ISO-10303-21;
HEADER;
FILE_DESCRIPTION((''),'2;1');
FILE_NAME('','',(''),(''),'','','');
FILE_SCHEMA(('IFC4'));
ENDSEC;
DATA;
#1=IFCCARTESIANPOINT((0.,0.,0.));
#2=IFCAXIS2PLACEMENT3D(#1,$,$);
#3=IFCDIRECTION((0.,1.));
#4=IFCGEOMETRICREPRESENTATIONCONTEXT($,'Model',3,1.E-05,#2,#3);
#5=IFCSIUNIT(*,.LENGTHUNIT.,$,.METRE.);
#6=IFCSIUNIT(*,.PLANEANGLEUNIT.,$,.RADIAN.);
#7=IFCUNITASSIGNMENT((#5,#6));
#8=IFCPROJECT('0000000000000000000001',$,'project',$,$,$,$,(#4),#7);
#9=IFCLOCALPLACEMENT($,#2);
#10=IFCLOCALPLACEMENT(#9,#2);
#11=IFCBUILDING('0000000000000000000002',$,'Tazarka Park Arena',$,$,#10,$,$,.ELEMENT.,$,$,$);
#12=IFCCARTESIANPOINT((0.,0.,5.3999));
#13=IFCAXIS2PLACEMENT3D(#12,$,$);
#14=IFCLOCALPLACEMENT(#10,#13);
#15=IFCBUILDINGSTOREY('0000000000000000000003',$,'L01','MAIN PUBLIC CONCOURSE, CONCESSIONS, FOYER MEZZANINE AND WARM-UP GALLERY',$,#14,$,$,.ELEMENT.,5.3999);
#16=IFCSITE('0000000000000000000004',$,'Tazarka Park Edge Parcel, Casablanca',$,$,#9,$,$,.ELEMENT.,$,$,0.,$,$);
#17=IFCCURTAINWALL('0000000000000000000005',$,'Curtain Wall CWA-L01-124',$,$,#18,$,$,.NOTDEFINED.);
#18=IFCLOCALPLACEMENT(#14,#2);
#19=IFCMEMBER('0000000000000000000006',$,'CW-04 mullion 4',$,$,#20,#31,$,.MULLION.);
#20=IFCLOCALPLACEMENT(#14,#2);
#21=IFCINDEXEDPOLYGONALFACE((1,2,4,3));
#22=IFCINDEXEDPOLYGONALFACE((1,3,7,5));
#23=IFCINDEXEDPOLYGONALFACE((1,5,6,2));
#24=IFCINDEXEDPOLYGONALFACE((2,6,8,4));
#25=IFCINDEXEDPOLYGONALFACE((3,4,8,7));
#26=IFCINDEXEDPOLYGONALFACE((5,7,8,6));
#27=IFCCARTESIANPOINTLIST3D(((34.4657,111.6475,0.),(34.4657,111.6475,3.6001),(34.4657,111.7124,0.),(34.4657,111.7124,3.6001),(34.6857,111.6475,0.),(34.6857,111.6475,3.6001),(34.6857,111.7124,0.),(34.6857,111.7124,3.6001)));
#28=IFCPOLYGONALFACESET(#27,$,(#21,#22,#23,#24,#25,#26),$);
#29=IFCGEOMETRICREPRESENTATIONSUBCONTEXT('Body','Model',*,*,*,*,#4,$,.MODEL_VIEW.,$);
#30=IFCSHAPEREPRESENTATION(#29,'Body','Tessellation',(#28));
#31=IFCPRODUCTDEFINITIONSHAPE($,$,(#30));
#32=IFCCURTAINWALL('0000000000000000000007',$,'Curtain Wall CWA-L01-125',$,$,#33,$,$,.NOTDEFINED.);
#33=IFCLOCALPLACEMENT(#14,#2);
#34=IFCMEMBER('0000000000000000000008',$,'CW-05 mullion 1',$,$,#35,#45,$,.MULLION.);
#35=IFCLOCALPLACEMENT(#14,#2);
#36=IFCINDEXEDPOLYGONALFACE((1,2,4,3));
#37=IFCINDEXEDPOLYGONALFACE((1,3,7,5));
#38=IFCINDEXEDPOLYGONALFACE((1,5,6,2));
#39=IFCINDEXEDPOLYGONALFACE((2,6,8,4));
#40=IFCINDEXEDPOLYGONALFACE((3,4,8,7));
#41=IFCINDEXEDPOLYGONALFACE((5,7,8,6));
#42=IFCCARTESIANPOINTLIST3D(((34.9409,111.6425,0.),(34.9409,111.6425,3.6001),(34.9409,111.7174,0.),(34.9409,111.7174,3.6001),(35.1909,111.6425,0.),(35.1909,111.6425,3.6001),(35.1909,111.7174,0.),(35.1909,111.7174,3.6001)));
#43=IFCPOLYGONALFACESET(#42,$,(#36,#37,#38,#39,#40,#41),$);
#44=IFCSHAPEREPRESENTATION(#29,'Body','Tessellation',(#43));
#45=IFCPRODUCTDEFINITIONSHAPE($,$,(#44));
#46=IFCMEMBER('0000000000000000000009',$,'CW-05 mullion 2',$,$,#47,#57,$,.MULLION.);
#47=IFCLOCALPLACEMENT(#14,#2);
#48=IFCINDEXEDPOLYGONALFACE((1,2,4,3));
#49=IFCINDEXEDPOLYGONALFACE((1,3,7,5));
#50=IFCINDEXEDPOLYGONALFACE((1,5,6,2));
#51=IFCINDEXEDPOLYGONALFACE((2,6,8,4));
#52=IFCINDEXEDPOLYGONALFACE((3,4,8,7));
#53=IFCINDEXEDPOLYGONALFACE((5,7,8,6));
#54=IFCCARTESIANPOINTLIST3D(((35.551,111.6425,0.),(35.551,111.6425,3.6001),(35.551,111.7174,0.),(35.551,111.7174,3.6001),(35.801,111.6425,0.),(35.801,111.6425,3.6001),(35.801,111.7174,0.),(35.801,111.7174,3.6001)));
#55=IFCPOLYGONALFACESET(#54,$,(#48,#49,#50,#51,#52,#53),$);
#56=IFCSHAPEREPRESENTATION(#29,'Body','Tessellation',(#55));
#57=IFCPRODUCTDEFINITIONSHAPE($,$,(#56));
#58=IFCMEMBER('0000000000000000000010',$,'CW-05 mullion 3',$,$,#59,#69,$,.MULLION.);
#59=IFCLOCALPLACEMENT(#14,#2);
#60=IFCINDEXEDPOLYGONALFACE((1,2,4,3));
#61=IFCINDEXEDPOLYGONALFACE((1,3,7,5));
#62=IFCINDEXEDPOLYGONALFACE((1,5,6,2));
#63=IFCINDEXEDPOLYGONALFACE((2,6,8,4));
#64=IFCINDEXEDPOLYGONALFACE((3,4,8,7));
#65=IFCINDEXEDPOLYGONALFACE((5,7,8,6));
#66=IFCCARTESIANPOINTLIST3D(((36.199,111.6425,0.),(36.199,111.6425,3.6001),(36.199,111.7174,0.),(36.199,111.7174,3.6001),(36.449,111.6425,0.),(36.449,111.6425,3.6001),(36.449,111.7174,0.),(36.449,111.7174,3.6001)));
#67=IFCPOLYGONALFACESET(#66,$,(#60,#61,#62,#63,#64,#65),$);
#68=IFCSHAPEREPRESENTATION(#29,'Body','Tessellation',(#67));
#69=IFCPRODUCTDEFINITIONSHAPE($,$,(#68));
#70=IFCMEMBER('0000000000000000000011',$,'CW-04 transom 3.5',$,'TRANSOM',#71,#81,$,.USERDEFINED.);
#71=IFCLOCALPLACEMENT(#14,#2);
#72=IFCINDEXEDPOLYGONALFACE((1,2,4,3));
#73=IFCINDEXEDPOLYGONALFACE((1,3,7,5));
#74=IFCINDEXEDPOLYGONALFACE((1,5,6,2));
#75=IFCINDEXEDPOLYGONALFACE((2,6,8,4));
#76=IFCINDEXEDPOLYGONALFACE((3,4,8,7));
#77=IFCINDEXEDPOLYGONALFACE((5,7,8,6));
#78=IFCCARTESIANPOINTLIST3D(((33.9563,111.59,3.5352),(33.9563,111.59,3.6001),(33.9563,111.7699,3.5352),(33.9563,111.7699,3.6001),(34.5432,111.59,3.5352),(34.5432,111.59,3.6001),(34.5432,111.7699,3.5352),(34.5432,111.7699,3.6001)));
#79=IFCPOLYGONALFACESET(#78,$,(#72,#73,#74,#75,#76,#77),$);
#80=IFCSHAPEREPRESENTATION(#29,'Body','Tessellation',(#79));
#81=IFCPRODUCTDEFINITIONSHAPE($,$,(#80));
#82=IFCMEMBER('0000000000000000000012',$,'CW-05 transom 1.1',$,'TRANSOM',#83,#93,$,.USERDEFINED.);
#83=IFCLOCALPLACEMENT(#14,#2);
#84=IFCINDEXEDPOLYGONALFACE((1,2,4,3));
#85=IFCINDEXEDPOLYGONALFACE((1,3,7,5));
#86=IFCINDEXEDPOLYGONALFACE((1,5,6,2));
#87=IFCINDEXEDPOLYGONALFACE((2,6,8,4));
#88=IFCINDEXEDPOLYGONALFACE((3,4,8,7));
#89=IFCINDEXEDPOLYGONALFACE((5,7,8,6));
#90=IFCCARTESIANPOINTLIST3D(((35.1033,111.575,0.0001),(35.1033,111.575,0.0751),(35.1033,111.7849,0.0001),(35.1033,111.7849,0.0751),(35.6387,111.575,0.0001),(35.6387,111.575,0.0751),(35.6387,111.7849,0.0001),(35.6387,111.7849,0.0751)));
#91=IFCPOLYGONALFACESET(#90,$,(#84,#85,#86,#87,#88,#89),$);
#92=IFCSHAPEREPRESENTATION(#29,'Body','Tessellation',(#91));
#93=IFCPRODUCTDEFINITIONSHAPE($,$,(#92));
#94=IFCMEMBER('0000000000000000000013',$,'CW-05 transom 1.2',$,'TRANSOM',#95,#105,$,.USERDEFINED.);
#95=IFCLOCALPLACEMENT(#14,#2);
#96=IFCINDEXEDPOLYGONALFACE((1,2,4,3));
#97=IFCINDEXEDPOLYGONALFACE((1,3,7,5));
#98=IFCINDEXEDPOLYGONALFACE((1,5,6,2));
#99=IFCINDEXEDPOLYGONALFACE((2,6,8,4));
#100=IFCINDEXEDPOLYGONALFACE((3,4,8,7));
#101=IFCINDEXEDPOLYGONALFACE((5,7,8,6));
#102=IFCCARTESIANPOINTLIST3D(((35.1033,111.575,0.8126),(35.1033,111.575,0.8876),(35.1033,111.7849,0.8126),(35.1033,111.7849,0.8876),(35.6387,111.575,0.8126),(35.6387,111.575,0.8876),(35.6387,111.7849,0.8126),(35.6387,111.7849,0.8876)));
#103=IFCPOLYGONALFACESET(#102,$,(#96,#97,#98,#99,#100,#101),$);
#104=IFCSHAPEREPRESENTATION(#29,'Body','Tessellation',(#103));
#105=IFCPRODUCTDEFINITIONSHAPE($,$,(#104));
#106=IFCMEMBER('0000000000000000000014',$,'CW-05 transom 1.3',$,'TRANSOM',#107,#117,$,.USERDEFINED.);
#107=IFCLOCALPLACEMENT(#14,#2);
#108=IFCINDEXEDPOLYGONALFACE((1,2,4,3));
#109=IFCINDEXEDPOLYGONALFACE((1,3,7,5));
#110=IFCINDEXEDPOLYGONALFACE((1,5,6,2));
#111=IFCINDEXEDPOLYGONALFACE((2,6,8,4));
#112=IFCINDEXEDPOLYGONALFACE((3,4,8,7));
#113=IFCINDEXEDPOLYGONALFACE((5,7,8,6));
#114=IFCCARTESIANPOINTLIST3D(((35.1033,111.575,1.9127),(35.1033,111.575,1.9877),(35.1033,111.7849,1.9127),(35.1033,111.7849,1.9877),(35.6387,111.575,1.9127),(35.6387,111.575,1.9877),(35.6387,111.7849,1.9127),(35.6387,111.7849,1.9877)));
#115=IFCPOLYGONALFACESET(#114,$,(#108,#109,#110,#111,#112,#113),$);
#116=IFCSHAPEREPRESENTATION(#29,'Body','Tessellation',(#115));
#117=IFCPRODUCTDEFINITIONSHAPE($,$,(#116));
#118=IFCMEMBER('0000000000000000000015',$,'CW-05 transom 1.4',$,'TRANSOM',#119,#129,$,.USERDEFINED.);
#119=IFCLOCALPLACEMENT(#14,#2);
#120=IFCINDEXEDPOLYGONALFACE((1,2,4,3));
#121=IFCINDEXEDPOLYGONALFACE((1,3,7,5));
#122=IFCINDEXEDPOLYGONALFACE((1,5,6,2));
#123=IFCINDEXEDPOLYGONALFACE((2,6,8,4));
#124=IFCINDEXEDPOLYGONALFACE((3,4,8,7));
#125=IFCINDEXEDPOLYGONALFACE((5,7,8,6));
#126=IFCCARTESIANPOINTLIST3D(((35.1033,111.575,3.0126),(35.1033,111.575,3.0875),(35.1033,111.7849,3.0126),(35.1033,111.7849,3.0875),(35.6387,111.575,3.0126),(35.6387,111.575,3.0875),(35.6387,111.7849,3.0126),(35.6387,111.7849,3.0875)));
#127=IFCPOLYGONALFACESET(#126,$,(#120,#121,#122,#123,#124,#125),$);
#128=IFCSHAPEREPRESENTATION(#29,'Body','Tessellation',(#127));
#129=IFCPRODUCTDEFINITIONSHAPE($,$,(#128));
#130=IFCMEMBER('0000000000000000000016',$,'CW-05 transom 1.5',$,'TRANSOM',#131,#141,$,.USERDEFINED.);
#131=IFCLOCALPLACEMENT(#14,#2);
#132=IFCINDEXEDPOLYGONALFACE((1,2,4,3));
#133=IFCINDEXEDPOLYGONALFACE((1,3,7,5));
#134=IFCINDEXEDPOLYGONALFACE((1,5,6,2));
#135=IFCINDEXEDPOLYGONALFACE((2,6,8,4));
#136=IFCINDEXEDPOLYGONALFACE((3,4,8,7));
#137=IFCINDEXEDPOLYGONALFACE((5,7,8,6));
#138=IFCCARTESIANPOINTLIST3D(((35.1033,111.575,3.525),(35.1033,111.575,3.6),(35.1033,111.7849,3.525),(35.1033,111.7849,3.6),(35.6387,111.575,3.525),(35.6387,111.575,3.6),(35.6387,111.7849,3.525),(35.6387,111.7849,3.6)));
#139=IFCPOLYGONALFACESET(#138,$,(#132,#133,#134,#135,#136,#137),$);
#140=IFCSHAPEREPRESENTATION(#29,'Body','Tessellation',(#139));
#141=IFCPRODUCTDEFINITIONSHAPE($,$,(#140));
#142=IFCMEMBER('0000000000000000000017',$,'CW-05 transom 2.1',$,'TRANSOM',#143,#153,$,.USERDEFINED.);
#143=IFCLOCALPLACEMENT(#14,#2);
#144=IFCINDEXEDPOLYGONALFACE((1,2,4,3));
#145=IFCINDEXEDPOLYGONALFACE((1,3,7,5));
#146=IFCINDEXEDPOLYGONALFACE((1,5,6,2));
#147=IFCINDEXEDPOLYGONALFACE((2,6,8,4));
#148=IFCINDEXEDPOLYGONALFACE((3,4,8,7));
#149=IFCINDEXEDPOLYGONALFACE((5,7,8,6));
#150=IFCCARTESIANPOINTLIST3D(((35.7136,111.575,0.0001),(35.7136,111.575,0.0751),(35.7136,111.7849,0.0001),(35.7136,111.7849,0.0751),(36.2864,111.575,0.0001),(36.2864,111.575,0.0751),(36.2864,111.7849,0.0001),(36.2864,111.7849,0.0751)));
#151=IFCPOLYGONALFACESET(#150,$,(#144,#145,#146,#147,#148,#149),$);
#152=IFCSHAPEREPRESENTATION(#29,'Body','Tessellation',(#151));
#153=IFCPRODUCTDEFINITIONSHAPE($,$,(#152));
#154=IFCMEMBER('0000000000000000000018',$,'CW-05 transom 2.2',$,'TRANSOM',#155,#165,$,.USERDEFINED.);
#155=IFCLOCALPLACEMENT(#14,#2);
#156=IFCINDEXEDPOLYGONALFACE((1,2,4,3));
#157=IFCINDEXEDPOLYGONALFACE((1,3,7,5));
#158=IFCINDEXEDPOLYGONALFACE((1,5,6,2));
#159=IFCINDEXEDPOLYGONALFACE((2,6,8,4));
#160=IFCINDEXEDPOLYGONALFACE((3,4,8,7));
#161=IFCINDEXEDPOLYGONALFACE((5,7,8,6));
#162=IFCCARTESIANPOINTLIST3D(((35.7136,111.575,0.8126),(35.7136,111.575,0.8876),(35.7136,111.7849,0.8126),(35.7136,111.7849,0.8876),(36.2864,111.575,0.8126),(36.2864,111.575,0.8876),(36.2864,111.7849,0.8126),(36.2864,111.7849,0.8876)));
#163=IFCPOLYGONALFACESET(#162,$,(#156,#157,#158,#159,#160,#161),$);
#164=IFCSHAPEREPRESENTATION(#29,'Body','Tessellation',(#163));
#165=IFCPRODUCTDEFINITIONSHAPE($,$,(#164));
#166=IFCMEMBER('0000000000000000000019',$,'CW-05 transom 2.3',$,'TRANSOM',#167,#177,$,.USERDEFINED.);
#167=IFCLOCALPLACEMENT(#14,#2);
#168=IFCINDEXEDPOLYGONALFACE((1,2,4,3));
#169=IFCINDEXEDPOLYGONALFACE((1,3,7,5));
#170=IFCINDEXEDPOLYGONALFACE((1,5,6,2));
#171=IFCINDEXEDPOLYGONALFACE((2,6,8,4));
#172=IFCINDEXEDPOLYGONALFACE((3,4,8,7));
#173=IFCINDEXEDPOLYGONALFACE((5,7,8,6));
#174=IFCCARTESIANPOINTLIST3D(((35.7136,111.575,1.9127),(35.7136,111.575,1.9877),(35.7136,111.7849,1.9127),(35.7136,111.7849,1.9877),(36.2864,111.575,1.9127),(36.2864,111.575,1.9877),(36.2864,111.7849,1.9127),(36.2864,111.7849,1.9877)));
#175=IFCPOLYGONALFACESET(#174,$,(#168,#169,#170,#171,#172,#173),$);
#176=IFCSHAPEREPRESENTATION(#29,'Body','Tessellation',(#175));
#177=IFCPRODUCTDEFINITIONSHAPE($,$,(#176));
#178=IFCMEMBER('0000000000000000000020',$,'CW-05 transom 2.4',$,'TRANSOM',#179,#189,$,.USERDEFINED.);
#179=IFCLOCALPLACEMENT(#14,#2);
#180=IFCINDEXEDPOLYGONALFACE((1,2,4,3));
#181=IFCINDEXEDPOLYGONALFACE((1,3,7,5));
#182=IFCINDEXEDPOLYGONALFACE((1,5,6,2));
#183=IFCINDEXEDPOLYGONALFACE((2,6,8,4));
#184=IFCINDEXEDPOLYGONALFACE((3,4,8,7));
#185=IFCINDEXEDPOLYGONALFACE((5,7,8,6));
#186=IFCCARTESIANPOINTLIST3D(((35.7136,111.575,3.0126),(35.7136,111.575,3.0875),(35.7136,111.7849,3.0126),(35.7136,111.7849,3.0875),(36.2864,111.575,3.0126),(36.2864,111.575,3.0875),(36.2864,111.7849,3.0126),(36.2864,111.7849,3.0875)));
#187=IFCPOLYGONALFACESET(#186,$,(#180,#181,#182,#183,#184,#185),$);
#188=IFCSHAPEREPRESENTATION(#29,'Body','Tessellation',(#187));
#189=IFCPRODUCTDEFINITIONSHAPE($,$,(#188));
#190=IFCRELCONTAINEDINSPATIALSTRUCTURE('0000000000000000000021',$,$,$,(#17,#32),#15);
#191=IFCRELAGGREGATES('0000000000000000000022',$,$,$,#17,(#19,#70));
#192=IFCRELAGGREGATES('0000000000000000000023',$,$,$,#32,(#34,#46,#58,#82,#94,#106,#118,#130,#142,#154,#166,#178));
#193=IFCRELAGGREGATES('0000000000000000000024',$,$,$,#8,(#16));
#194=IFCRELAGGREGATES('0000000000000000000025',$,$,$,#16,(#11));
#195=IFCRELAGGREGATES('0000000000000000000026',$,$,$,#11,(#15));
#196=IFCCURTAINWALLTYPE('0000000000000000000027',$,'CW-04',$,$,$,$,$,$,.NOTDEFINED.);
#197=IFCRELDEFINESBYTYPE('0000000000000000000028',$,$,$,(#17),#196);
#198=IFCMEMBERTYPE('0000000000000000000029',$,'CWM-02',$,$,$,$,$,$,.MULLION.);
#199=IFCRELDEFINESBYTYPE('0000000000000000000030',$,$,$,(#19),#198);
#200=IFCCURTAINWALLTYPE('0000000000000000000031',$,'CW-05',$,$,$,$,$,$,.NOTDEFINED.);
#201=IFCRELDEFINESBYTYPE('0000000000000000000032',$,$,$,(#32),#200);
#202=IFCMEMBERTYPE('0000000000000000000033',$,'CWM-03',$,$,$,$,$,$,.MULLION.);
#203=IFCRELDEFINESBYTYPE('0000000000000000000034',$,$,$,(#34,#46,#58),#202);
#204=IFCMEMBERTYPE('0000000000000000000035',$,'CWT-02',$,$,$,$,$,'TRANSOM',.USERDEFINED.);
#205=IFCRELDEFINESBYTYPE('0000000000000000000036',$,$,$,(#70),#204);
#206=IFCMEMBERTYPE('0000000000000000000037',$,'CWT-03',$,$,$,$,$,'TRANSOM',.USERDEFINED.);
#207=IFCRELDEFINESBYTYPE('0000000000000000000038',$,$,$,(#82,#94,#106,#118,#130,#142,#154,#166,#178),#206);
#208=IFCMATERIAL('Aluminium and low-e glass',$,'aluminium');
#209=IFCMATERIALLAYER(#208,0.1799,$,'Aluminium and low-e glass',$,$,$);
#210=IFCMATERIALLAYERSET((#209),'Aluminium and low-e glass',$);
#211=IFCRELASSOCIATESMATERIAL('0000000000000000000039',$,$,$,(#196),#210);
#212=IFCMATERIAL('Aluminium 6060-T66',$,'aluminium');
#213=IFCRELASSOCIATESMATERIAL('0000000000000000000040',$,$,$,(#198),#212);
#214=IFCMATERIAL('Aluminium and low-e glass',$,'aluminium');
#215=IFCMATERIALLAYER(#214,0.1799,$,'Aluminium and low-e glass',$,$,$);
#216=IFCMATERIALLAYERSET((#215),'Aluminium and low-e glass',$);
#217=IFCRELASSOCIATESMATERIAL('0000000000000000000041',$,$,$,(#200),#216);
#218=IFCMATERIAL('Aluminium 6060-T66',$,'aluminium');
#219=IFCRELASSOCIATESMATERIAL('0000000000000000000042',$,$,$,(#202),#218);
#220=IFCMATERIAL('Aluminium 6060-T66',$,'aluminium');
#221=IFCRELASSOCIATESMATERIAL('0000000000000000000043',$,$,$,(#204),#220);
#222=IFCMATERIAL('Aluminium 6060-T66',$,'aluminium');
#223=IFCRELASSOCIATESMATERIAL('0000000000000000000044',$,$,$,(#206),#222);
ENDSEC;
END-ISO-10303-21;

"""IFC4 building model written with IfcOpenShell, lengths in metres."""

from ifc_helpers import new_model, si_unit, direction, frame, origin, origin_2d, place, context, subcontext, project, spatial, rectangle, extrude, material, layer, layer_set, material_profile, profile_set, type_object, element, aggregate, save


model = new_model("IFC4")

# Units and contexts
model_context = context("Model", 3, precision=1e-05, world=origin(), true_north=direction((0.0, 1.0)))
body_context = subcontext(model_context, "Body", "Model", "MODEL_VIEW")
ifc_project = project(units=[si_unit("LENGTHUNIT", "METRE"), si_unit("PLANEANGLEUNIT", "RADIAN")], contexts=[model_context])

# Site, building, storey
site_placement = place(None, origin())
site = spatial("IfcSite", under=ifc_project, at=site_placement, Name="Tazarka Park Edge Parcel, Casablanca", CompositionType="ELEMENT", RefElevation=0.0)
building_placement = place(site_placement, origin())
building = spatial("IfcBuilding", under=site, at=building_placement, Name="Tazarka Park Arena", CompositionType="ELEMENT")
storey_placement = place(building_placement, frame((0.0, 0.0, 5.3999)))
storey = spatial("IfcBuildingStorey", under=building, at=storey_placement, Name="L01", Description="MAIN PUBLIC CONCOURSE, CONCESSIONS, FOYER MEZZANINE AND WARM-UP GALLERY", CompositionType="ELEMENT", Elevation=5.3999)

# Curtain wall, member
ifc_material_1 = material(Name="Aluminium and low-e glass", Category="aluminium")
ifc_layer_1 = layer(ifc_material_1, 0.1799, Name="Aluminium and low-e glass")
ifc_layer_set_1 = layer_set([ifc_layer_1], Name="Aluminium and low-e glass")
curtain_wall_type_1 = type_object("IfcCurtainWallType", Name="CW-04", PredefinedType="NOTDEFINED", material=ifc_layer_set_1)
curtain_wall_1_placement = place(storey_placement, origin())
curtain_wall_1 = element("IfcCurtainWall", 1, at=curtain_wall_1_placement, inside=storey, type_object=curtain_wall_type_1, Name="Curtain Wall CWA-L01-124", PredefinedType="NOTDEFINED")
ifc_material_2 = material(Name="Aluminium 6060-T66", Category="aluminium")
ifc_material_profile_1 = material_profile(ifc_material_2, rectangle(XDim=0.0649, YDim=0.22, at=origin_2d()), Name="Aluminium 6060-T66")
ifc_profile_set_1 = profile_set([ifc_material_profile_1], Name="Aluminium 6060-T66")
member_type_1 = type_object("IfcMemberType", Name="CWM-02", PredefinedType="MULLION", material=ifc_profile_set_1)
member_1_placement = place(storey_placement, frame((34.5757, 111.6799, 0.0), z_axis=(0.0, 0.0, 1.0), x_axis=(0.0, 1.0, 0.0)))
member_1 = element("IfcMember", 2, at=member_1_placement, type_object=member_type_1, Name="CW-04 mullion 4", PredefinedType="MULLION", context=body_context, shape_type="SweptSolid", body=[
    extrude(rectangle(XDim=0.0649, YDim=0.22, at=origin_2d()), origin(), (0.0, 0.0, 1.0), 3.6001),
])

# Curtain wall, members
ifc_material_3 = material(Name="Aluminium and low-e glass", Category="aluminium")
ifc_layer_2 = layer(ifc_material_3, 0.1799, Name="Aluminium and low-e glass")
ifc_layer_set_2 = layer_set([ifc_layer_2], Name="Aluminium and low-e glass")
curtain_wall_type_2 = type_object("IfcCurtainWallType", Name="CW-05", PredefinedType="NOTDEFINED", material=ifc_layer_set_2)
curtain_wall_2_placement = place(storey_placement, origin())
curtain_wall_2 = element("IfcCurtainWall", 3, at=curtain_wall_2_placement, inside=storey, type_object=curtain_wall_type_2, Name="Curtain Wall CWA-L01-125", PredefinedType="NOTDEFINED")
ifc_material_4 = material(Name="Aluminium 6060-T66", Category="aluminium")
ifc_material_profile_2 = material_profile(ifc_material_4, rectangle(XDim=0.075, YDim=0.25, at=origin_2d()), Name="Aluminium 6060-T66")
ifc_profile_set_2 = profile_set([ifc_material_profile_2], Name="Aluminium 6060-T66")
member_type_2 = type_object("IfcMemberType", Name="CWM-03", PredefinedType="MULLION", material=ifc_profile_set_2)
member_2_placement = place(storey_placement, frame((35.0659, 111.6799, 0.0), z_axis=(0.0, 0.0, 1.0), x_axis=(0.0, 1.0, 0.0)))
member_2 = element("IfcMember", 4, at=member_2_placement, type_object=member_type_2, Name="CW-05 mullion 1", PredefinedType="MULLION", context=body_context, shape_type="SweptSolid", body=[
    extrude(rectangle(XDim=0.075, YDim=0.25, at=origin_2d()), origin(), (0.0, 0.0, 1.0), 3.6001),
])
member_3_placement = place(storey_placement, frame((35.676, 111.6799, 0.0), z_axis=(0.0, 0.0, 1.0), x_axis=(0.0, 1.0, 0.0)))
member_3 = element("IfcMember", 5, at=member_3_placement, type_object=member_type_2, Name="CW-05 mullion 2", PredefinedType="MULLION", context=body_context, shape_type="SweptSolid", body=[
    extrude(rectangle(XDim=0.075, YDim=0.25, at=origin_2d()), origin(), (0.0, 0.0, 1.0), 3.6001),
])
member_4_placement = place(storey_placement, frame((36.324, 111.6799, 0.0), z_axis=(0.0, 0.0, 1.0), x_axis=(0.0, 1.0, 0.0)))
member_4 = element("IfcMember", 6, at=member_4_placement, type_object=member_type_2, Name="CW-05 mullion 3", PredefinedType="MULLION", context=body_context, shape_type="SweptSolid", body=[
    extrude(rectangle(XDim=0.075, YDim=0.25, at=origin_2d()), origin(), (0.0, 0.0, 1.0), 3.6001),
])

# Members
ifc_material_5 = material(Name="Aluminium 6060-T66", Category="aluminium")
ifc_material_profile_3 = material_profile(ifc_material_5, rectangle(XDim=0.1799, YDim=0.0649, at=origin_2d()), Name="Aluminium 6060-T66")
ifc_profile_set_3 = profile_set([ifc_material_profile_3], Name="Aluminium 6060-T66")
member_type_3 = type_object("IfcMemberType", Name="CWT-02", ElementType="TRANSOM", PredefinedType="USERDEFINED", material=ifc_profile_set_3)
member_5_placement = place(storey_placement, frame((33.9563, 111.6799, 3.5676), z_axis=(1.0, 0.0, 0.0), x_axis=(0.0, 1.0, 0.0)))
member_5 = element("IfcMember", 7, at=member_5_placement, type_object=member_type_3, Name="CW-04 transom 3.5", ObjectType="TRANSOM", PredefinedType="USERDEFINED", context=body_context, shape_type="SweptSolid", body=[
    extrude(rectangle(XDim=0.1799, YDim=0.0649, at=origin_2d()), origin(), (0.0, 0.0, 1.0), 0.5869),
])
ifc_material_6 = material(Name="Aluminium 6060-T66", Category="aluminium")
ifc_material_profile_4 = material_profile(ifc_material_6, rectangle(XDim=0.21, YDim=0.075, at=origin_2d()), Name="Aluminium 6060-T66")
ifc_profile_set_4 = profile_set([ifc_material_profile_4], Name="Aluminium 6060-T66")
member_type_4 = type_object("IfcMemberType", Name="CWT-03", ElementType="TRANSOM", PredefinedType="USERDEFINED", material=ifc_profile_set_4)
member_6_placement = place(storey_placement, frame((35.1033, 111.6799, 0.0376), z_axis=(1.0, 0.0, 0.0), x_axis=(0.0, 1.0, 0.0)))
member_6 = element("IfcMember", 8, at=member_6_placement, type_object=member_type_4, Name="CW-05 transom 1.1", ObjectType="TRANSOM", PredefinedType="USERDEFINED", context=body_context, shape_type="SweptSolid", body=[
    extrude(rectangle(XDim=0.21, YDim=0.075, at=origin_2d()), origin(), (0.0, 0.0, 1.0), 0.5354),
])
member_7_placement = place(storey_placement, frame((35.1033, 111.6799, 0.8501), z_axis=(1.0, 0.0, 0.0), x_axis=(0.0, 1.0, 0.0)))
member_7 = element("IfcMember", 9, at=member_7_placement, type_object=member_type_4, Name="CW-05 transom 1.2", ObjectType="TRANSOM", PredefinedType="USERDEFINED", context=body_context, shape_type="SweptSolid", body=[
    extrude(rectangle(XDim=0.21, YDim=0.075, at=origin_2d()), origin(), (0.0, 0.0, 1.0), 0.5354),
])
member_8_placement = place(storey_placement, frame((35.1033, 111.6799, 1.9502), z_axis=(1.0, 0.0, 0.0), x_axis=(0.0, 1.0, 0.0)))
member_8 = element("IfcMember", 10, at=member_8_placement, type_object=member_type_4, Name="CW-05 transom 1.3", ObjectType="TRANSOM", PredefinedType="USERDEFINED", context=body_context, shape_type="SweptSolid", body=[
    extrude(rectangle(XDim=0.21, YDim=0.075, at=origin_2d()), origin(), (0.0, 0.0, 1.0), 0.5354),
])
member_9_placement = place(storey_placement, frame((35.1033, 111.6799, 3.05), z_axis=(1.0, 0.0, 0.0), x_axis=(0.0, 1.0, 0.0)))
member_9 = element("IfcMember", 11, at=member_9_placement, type_object=member_type_4, Name="CW-05 transom 1.4", ObjectType="TRANSOM", PredefinedType="USERDEFINED", context=body_context, shape_type="SweptSolid", body=[
    extrude(rectangle(XDim=0.21, YDim=0.075, at=origin_2d()), origin(), (0.0, 0.0, 1.0), 0.5354),
])
member_10_placement = place(storey_placement, frame((35.1033, 111.6799, 3.5625), z_axis=(1.0, 0.0, 0.0), x_axis=(0.0, 1.0, 0.0)))
member_10 = element("IfcMember", 12, at=member_10_placement, type_object=member_type_4, Name="CW-05 transom 1.5", ObjectType="TRANSOM", PredefinedType="USERDEFINED", context=body_context, shape_type="SweptSolid", body=[
    extrude(rectangle(XDim=0.21, YDim=0.075, at=origin_2d()), origin(), (0.0, 0.0, 1.0), 0.5354),
])
member_11_placement = place(storey_placement, frame((35.7136, 111.6799, 0.0376), z_axis=(1.0, 0.0, 0.0), x_axis=(0.0, 1.0, 0.0)))
member_11 = element("IfcMember", 13, at=member_11_placement, type_object=member_type_4, Name="CW-05 transom 2.1", ObjectType="TRANSOM", PredefinedType="USERDEFINED", context=body_context, shape_type="SweptSolid", body=[
    extrude(rectangle(XDim=0.21, YDim=0.075, at=origin_2d()), origin(), (0.0, 0.0, 1.0), 0.5728),
])
member_12_placement = place(storey_placement, frame((35.7136, 111.6799, 0.8501), z_axis=(1.0, 0.0, 0.0), x_axis=(0.0, 1.0, 0.0)))
member_12 = element("IfcMember", 14, at=member_12_placement, type_object=member_type_4, Name="CW-05 transom 2.2", ObjectType="TRANSOM", PredefinedType="USERDEFINED", context=body_context, shape_type="SweptSolid", body=[
    extrude(rectangle(XDim=0.21, YDim=0.075, at=origin_2d()), origin(), (0.0, 0.0, 1.0), 0.5728),
])
member_13_placement = place(storey_placement, frame((35.7136, 111.6799, 1.9502), z_axis=(1.0, 0.0, 0.0), x_axis=(0.0, 1.0, 0.0)))
member_13 = element("IfcMember", 15, at=member_13_placement, type_object=member_type_4, Name="CW-05 transom 2.3", ObjectType="TRANSOM", PredefinedType="USERDEFINED", context=body_context, shape_type="SweptSolid", body=[
    extrude(rectangle(XDim=0.21, YDim=0.075, at=origin_2d()), origin(), (0.0, 0.0, 1.0), 0.5728),
])
member_14_placement = place(storey_placement, frame((35.7136, 111.6799, 3.05), z_axis=(1.0, 0.0, 0.0), x_axis=(0.0, 1.0, 0.0)))
member_14 = element("IfcMember", 16, at=member_14_placement, type_object=member_type_4, Name="CW-05 transom 2.4", ObjectType="TRANSOM", PredefinedType="USERDEFINED", context=body_context, shape_type="SweptSolid", body=[
    extrude(rectangle(XDim=0.21, YDim=0.075, at=origin_2d()), origin(), (0.0, 0.0, 1.0), 0.5728),
])

aggregate(curtain_wall_1, [member_1, member_5])
aggregate(curtain_wall_2, [member_2, member_3, member_4, member_6, member_7, member_8, member_9, member_10, member_11, member_12, member_13, member_14])

save(model, "model.ifc")
